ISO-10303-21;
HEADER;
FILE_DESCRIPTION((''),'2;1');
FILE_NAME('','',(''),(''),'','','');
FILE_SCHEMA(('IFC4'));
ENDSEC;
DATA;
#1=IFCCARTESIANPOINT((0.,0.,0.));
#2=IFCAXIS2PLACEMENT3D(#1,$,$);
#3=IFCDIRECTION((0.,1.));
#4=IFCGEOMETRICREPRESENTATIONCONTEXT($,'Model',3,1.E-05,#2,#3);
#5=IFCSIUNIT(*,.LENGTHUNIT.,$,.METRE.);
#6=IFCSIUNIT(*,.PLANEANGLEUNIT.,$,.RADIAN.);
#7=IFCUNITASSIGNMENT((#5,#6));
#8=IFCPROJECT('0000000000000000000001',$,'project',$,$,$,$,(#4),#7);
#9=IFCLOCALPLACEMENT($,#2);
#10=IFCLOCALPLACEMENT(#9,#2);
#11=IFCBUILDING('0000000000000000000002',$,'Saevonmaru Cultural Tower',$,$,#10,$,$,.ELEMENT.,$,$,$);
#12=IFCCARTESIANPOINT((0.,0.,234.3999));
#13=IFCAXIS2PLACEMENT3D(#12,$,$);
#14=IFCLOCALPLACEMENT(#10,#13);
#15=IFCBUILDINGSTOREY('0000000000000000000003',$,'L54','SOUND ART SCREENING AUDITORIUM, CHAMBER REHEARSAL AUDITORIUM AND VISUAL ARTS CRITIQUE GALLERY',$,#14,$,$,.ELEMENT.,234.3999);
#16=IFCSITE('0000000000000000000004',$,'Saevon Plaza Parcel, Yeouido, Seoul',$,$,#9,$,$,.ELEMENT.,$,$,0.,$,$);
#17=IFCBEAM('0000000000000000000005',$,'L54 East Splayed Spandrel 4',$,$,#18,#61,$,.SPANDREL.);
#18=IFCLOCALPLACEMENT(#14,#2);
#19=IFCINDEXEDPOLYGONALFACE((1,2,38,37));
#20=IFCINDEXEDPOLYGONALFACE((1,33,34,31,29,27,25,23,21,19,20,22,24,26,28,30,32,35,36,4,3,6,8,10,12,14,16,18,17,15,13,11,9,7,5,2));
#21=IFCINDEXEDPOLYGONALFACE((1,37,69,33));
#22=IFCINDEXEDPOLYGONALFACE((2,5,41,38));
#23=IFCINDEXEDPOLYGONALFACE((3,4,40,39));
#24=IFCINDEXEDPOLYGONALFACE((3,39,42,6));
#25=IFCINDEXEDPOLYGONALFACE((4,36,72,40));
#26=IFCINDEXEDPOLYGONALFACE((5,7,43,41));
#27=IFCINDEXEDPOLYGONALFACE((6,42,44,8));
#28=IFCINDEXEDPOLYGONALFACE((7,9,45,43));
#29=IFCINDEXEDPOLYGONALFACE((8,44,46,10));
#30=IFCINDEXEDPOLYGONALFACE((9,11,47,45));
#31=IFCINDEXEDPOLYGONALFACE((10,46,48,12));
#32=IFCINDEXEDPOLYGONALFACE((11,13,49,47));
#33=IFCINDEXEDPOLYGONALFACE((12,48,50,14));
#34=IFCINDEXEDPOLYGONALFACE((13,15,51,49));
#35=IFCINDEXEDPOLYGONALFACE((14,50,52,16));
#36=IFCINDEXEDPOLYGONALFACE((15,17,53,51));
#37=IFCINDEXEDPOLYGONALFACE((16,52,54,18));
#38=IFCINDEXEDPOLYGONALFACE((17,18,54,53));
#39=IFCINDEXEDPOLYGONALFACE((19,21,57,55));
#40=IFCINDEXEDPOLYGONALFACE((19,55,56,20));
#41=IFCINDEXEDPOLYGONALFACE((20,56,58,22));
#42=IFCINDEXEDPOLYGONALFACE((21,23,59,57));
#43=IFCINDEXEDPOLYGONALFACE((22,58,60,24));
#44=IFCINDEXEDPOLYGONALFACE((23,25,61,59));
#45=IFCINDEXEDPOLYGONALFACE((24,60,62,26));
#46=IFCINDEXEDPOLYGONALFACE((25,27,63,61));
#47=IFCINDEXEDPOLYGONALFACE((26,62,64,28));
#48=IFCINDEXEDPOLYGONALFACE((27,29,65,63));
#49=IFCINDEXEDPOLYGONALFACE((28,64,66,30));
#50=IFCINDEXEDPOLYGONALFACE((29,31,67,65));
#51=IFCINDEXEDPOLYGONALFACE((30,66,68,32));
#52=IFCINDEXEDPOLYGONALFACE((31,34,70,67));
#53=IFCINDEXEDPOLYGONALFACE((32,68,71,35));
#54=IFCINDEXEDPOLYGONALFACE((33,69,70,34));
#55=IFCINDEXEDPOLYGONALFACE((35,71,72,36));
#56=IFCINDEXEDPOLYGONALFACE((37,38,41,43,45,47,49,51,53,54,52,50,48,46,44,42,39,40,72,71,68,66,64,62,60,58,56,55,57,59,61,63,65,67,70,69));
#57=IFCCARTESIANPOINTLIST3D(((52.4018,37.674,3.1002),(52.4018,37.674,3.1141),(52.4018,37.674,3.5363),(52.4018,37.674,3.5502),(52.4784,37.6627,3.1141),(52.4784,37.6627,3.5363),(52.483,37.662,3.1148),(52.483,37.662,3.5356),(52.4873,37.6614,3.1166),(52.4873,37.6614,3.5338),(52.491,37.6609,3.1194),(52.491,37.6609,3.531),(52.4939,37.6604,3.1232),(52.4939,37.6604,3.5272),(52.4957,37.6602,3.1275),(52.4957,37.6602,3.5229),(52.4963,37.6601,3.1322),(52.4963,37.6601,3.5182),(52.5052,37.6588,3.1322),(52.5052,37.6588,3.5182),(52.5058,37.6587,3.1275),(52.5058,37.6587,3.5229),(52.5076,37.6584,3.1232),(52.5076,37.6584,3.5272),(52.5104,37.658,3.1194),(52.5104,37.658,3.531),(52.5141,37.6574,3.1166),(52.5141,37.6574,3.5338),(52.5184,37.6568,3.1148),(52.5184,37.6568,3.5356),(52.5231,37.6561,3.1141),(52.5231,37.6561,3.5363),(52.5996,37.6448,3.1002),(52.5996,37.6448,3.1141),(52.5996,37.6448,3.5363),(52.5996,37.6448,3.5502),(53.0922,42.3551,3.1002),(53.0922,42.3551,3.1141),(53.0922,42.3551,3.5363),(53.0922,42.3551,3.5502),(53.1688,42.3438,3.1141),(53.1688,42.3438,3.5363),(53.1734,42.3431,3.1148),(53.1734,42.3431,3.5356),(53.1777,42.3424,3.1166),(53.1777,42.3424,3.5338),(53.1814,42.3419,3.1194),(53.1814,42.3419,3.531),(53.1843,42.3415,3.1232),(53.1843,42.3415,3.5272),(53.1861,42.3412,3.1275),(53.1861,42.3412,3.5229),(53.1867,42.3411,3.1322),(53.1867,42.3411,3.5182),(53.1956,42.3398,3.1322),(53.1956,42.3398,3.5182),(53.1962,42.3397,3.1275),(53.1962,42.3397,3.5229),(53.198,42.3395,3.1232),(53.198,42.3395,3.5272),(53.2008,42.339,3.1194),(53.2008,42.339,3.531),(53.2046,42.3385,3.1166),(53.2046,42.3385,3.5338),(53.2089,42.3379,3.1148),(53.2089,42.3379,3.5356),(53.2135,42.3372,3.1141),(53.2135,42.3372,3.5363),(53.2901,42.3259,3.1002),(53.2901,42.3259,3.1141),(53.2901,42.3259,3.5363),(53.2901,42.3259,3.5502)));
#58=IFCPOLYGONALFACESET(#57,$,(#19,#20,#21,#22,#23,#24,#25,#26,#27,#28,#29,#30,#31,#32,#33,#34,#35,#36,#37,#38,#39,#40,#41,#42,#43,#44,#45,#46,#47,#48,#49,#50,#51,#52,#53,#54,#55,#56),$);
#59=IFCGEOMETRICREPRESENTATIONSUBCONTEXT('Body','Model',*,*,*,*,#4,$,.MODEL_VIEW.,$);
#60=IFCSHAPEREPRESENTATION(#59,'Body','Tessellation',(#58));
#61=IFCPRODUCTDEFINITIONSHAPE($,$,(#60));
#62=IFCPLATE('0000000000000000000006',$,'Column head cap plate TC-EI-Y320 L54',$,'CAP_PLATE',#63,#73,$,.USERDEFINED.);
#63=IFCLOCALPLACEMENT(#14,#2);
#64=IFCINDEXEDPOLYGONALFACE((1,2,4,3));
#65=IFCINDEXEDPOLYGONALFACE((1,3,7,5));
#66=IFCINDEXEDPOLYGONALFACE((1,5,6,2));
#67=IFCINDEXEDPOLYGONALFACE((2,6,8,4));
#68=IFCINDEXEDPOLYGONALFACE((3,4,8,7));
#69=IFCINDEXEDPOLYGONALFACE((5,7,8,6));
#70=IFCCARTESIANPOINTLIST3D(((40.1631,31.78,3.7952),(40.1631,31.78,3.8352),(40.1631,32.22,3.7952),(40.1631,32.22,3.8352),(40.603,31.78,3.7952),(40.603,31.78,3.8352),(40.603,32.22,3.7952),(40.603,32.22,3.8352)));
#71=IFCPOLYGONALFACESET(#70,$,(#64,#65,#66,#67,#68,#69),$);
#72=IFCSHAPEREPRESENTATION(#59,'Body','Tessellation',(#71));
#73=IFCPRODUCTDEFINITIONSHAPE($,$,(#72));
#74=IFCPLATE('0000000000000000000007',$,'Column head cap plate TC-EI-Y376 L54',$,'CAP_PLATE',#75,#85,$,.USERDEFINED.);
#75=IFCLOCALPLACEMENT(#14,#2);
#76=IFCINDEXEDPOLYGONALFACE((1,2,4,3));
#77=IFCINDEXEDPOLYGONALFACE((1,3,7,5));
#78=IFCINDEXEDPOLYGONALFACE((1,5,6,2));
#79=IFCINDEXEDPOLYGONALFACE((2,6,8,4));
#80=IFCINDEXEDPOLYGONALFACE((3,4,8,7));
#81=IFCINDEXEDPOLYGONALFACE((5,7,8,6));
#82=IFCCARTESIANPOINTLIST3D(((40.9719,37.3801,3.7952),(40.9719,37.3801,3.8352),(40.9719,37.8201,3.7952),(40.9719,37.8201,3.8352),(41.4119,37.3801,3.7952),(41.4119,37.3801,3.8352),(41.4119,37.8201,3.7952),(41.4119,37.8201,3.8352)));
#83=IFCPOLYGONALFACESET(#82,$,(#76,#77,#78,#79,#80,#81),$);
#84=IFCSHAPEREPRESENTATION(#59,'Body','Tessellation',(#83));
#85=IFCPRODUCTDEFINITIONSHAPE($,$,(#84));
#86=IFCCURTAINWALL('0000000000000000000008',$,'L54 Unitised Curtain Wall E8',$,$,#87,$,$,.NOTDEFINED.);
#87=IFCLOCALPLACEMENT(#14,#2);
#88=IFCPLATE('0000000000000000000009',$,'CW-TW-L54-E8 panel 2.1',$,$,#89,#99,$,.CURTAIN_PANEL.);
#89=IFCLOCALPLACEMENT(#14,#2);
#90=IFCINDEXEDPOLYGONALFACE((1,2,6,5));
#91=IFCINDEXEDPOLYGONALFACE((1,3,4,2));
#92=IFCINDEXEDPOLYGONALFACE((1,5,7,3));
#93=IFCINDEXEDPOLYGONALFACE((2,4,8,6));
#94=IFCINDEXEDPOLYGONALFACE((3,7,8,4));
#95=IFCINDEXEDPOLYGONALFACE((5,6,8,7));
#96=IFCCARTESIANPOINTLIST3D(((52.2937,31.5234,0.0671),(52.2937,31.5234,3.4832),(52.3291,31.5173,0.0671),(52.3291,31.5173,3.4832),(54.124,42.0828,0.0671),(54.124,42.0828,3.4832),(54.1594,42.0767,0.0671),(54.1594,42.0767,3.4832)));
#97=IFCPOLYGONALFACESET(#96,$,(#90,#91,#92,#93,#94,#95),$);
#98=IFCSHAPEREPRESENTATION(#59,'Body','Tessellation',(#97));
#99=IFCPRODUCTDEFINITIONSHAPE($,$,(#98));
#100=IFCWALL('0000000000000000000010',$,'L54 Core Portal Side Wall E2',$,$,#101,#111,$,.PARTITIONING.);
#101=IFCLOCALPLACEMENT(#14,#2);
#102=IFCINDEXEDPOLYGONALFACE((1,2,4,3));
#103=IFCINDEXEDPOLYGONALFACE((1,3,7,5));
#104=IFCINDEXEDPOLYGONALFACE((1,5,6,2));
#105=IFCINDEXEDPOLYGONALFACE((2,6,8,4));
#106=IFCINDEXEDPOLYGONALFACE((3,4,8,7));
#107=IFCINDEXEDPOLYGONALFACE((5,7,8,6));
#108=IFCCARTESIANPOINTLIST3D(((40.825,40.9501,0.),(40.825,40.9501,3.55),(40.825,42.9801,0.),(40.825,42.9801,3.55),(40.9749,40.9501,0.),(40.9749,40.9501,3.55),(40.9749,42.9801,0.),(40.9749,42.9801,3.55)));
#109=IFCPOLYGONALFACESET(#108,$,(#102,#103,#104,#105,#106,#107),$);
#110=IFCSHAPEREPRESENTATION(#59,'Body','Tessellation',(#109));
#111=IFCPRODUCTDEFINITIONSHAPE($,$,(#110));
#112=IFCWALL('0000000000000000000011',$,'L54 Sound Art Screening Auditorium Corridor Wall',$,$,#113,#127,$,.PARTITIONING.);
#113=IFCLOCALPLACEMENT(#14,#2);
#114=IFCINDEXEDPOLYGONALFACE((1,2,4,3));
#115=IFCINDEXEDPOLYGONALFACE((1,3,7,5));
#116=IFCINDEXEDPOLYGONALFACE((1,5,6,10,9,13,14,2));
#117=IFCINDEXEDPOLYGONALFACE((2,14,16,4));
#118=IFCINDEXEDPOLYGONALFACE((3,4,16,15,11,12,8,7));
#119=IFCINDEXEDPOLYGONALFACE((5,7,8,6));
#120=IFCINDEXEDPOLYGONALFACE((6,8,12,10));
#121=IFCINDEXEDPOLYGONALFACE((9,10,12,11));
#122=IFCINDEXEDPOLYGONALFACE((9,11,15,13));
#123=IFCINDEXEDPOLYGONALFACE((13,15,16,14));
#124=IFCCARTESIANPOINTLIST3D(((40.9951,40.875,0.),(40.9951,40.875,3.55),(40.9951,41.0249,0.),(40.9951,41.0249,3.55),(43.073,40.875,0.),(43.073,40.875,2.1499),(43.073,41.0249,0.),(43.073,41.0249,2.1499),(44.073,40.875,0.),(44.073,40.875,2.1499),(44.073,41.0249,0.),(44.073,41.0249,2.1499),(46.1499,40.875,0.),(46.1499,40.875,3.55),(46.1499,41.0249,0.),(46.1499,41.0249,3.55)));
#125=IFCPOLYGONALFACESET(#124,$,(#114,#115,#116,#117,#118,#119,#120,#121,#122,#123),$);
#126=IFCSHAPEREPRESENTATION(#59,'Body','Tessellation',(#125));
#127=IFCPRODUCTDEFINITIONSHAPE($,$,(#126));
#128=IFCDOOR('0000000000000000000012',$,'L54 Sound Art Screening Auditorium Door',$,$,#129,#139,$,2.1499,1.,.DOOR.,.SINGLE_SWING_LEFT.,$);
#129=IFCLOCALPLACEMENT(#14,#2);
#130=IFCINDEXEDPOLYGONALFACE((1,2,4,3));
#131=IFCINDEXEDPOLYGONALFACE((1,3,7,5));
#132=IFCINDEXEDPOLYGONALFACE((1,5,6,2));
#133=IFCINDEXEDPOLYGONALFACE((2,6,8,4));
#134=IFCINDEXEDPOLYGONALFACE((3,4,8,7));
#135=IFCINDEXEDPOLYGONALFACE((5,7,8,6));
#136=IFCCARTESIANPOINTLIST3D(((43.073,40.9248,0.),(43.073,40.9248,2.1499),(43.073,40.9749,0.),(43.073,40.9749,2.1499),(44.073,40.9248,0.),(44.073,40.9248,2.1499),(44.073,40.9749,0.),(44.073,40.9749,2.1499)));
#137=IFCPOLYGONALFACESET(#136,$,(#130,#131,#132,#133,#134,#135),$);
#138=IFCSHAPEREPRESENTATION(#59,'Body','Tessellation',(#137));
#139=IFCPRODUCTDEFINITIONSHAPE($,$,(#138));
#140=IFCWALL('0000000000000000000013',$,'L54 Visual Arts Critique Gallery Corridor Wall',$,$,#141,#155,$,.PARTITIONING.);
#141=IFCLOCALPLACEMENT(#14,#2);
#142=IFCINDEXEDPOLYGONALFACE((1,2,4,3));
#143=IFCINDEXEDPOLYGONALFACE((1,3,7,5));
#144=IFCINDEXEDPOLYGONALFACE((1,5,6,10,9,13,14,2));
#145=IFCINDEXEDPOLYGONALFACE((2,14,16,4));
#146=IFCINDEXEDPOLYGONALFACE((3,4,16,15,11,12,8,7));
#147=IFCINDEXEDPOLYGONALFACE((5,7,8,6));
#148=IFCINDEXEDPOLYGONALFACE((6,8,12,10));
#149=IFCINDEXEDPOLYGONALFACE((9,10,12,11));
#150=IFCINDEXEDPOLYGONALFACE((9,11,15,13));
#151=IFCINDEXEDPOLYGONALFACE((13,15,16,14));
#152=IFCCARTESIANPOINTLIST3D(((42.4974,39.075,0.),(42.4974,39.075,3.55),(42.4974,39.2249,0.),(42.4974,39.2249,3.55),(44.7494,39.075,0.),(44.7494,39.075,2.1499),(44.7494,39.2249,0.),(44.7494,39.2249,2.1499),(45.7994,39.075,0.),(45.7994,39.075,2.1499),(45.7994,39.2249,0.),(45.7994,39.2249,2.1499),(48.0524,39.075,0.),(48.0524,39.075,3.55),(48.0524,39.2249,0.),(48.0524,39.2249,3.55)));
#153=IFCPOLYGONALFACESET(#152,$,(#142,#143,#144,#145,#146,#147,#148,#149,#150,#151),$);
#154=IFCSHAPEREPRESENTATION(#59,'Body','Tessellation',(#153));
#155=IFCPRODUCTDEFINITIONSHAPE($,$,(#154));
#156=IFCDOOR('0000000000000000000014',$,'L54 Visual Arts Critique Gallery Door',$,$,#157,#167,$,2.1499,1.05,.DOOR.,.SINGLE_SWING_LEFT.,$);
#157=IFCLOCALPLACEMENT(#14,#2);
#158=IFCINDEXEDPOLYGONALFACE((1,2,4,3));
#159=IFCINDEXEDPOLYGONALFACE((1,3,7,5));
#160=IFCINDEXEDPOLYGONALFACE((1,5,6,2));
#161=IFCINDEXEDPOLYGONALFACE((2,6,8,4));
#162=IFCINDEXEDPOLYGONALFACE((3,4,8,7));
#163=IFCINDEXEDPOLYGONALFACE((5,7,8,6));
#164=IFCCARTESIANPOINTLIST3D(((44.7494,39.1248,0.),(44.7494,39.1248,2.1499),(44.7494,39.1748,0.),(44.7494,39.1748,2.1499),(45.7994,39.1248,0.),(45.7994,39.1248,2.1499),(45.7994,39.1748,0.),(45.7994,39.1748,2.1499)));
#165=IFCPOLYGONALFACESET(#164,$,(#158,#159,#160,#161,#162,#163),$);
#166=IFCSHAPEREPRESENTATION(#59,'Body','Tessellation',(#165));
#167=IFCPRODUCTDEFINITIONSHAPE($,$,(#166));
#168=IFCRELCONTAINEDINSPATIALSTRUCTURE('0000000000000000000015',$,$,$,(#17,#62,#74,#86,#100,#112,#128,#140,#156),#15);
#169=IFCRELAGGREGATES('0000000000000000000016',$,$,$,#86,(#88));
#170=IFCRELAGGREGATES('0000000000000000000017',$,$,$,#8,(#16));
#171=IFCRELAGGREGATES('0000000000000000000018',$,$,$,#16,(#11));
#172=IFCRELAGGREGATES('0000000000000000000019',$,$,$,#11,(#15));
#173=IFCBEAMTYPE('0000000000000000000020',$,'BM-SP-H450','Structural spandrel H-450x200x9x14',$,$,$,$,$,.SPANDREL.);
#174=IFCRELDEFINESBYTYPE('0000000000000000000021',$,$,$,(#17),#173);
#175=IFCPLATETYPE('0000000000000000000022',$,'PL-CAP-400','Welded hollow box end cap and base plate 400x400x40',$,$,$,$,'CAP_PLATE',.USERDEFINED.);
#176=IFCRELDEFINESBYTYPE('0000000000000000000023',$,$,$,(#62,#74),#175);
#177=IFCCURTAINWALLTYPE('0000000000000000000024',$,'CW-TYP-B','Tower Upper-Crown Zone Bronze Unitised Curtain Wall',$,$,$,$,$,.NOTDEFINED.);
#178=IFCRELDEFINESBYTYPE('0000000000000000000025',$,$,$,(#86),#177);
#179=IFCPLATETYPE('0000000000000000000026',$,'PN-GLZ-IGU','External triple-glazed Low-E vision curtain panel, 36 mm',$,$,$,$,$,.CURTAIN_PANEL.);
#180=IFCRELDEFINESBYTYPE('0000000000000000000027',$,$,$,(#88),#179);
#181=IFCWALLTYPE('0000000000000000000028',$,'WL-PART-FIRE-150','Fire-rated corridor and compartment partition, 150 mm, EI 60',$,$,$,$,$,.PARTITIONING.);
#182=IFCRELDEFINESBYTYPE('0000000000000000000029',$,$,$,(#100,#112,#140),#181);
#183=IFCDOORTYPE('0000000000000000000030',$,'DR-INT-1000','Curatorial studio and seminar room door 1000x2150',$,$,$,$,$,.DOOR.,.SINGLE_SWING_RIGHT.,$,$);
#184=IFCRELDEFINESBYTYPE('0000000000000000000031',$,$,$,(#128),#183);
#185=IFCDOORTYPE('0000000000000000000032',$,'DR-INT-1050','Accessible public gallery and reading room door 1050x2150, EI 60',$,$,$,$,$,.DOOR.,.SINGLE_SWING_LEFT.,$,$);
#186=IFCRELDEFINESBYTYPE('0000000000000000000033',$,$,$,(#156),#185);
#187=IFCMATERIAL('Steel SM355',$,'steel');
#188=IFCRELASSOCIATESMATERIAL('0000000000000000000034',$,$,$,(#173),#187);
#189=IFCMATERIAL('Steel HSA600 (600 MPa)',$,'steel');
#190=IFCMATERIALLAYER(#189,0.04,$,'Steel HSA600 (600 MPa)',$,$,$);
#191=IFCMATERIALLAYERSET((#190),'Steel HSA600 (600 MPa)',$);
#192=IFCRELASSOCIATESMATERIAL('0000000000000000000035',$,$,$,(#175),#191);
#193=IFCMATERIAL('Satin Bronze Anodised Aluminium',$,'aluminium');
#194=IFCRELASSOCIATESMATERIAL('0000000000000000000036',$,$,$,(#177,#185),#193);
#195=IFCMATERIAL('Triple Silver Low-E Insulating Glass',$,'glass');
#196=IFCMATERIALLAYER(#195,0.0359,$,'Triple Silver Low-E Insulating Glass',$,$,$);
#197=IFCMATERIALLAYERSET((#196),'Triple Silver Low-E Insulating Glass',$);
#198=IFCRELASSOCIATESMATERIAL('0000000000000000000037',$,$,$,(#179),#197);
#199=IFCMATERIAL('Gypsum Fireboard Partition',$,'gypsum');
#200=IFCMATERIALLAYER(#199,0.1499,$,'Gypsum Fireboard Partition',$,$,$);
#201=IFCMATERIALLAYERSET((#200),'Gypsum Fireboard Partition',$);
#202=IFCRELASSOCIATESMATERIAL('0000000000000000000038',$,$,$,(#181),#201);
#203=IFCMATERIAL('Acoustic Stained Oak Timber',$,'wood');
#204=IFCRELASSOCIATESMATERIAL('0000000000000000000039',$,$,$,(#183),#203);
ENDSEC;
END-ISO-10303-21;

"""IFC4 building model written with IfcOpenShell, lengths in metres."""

from ifc_helpers import new_model, si_unit, direction, frame, frame_2d, origin, origin_2d, place, context, subcontext, project, spatial, rectangle, i_section, extrude, material, layer, layer_set, material_profile, profile_set, type_object, element, fill, aggregate, save


model = new_model("IFC4")

# Units and contexts
model_context = context("Model", 3, precision=1e-05, world=origin(), true_north=direction((0.0, 1.0)))
body_context = subcontext(model_context, "Body", "Model", "MODEL_VIEW")
ifc_project = project(units=[si_unit("LENGTHUNIT", "METRE"), si_unit("PLANEANGLEUNIT", "RADIAN")], contexts=[model_context])

# Site, building, storey
site_placement = place(None, origin())
site = spatial("IfcSite", under=ifc_project, at=site_placement, Name="Saevon Plaza Parcel, Yeouido, Seoul", CompositionType="ELEMENT", RefElevation=0.0)
building_placement = place(site_placement, origin())
building = spatial("IfcBuilding", under=site, at=building_placement, Name="Saevonmaru Cultural Tower", CompositionType="ELEMENT")
storey_placement = place(building_placement, frame((0.0, 0.0, 234.3999)))
storey = spatial("IfcBuildingStorey", under=building, at=storey_placement, Name="L54", Description="SOUND ART SCREENING AUDITORIUM, CHAMBER REHEARSAL AUDITORIUM AND VISUAL ARTS CRITIQUE GALLERY", CompositionType="ELEMENT", Elevation=234.3999)

# Shared definitions
ifc_material_1 = material(Name="Steel SM355", Category="steel")

# Beam
ifc_material_profile_1 = material_profile(ifc_material_1, i_section(OverallWidth=0.2, OverallDepth=0.45, WebThickness=0.009, FlangeThickness=0.0139, FilletRadius=0.0181, at=origin_2d()), Name="H-450x200x9x14")
ifc_profile_set_1 = profile_set([ifc_material_profile_1], Name="Steel SM355")
beam_type_1 = type_object("IfcBeamType", Name="BM-SP-H450", Description="Structural spandrel H-450x200x9x14", PredefinedType="SPANDREL", material=ifc_profile_set_1)
beam_1_placement = place(storey_placement, frame((52.5007, 37.6594, 3.3252), z_axis=(0.145913, 0.989297, 0.0), x_axis=(-0.989297, 0.145913, 0.0)))
element("IfcBeam", 1, at=beam_1_placement, inside=storey, type_object=beam_type_1, Name="L54 East Splayed Spandrel 4", PredefinedType="SPANDREL", context=body_context, shape_type="SweptSolid", body=[
    extrude(i_section(OverallWidth=0.2, OverallDepth=0.45, WebThickness=0.009, FlangeThickness=0.0139, FilletRadius=0.0181, at=origin_2d()), origin(), (0.0, 0.0, 1.0), 4.7317),
])

# Plates
ifc_material_2 = material(Name="Steel HSA600 (600 MPa)", Category="steel")
ifc_layer_1 = layer(ifc_material_2, 0.04, Name="Steel HSA600 (600 MPa)")
ifc_layer_set_1 = layer_set([ifc_layer_1], Name="Steel HSA600 (600 MPa)")
plate_type_1 = type_object("IfcPlateType", Name="PL-CAP-400", Description="Welded hollow box end cap and base plate 400x400x40", ElementType="CAP_PLATE", PredefinedType="USERDEFINED", material=ifc_layer_set_1)
for number, where, z_axis, x_axis, name in (
    (2, (40.3831, 32.0, 3.7952), (0.0, 0.0, 1.0), (1.0, 0.0, 0.0), "Column head cap plate TC-EI-Y320 L54"),
    (3, (41.1919, 37.6001, 3.7952), (0.0, 0.0, 1.0), (1.0, 0.0, 0.0), "Column head cap plate TC-EI-Y376 L54"),
):
    element("IfcPlate", number, at=place(storey_placement, frame(where, z_axis=z_axis, x_axis=x_axis)), inside=storey, type_object=plate_type_1, Name=name, ObjectType="CAP_PLATE", PredefinedType="USERDEFINED", context=body_context, shape_type="SweptSolid", body=[
        extrude(rectangle(XDim=0.4399, YDim=0.4399, at=origin_2d()), origin(), (0.0, 0.0, 1.0), 0.04),
    ])

# Curtain wall, plate
ifc_material_3 = material(Name="Satin Bronze Anodised Aluminium", Category="aluminium")
curtain_wall_type = type_object("IfcCurtainWallType", Name="CW-TYP-B", Description="Tower Upper-Crown Zone Bronze Unitised Curtain Wall", PredefinedType="NOTDEFINED", material=ifc_material_3)
curtain_wall_placement = place(storey_placement, origin())
curtain_wall = element("IfcCurtainWall", 4, at=curtain_wall_placement, inside=storey, type_object=curtain_wall_type, Name="L54 Unitised Curtain Wall E8", PredefinedType="NOTDEFINED")
ifc_material_4 = material(Name="Triple Silver Low-E Insulating Glass", Category="glass")
ifc_layer_2 = layer(ifc_material_4, 0.0359, Name="Triple Silver Low-E Insulating Glass")
ifc_layer_set_2 = layer_set([ifc_layer_2], Name="Triple Silver Low-E Insulating Glass")
plate_type_2 = type_object("IfcPlateType", Name="PN-GLZ-IGU", Description="External triple-glazed Low-E vision curtain panel, 36 mm", PredefinedType="CURTAIN_PANEL", material=ifc_layer_set_2)
plate_placement = place(storey_placement, frame((53.2266, 36.8, 0.0671), z_axis=(0.0, 0.0, 1.0), x_axis=(0.17079, 0.985307, 0.0)))
plate = element("IfcPlate", 5, at=plate_placement, type_object=plate_type_2, Name="CW-TW-L54-E8 panel 2.1", PredefinedType="CURTAIN_PANEL", context=body_context, shape_type="SweptSolid", body=[
    extrude(rectangle(XDim=10.7168, YDim=0.0359, at=origin_2d()), origin(), (0.0, 0.0, 1.0), 3.416),
])
aggregate(curtain_wall, [plate])

# Wall
ifc_material_5 = material(Name="Gypsum Fireboard Partition", Category="gypsum")
ifc_layer_3 = layer(ifc_material_5, 0.1499, Name="Gypsum Fireboard Partition")
ifc_layer_set_3 = layer_set([ifc_layer_3], Name="Gypsum Fireboard Partition")
wall_type_1 = type_object("IfcWallType", Name="WL-PART-FIRE-150", Description="Fire-rated corridor and compartment partition, 150 mm, EI 60", PredefinedType="PARTITIONING", material=ifc_layer_set_3)
wall_1_placement = place(storey_placement, frame((40.8999, 40.95, 0.0), z_axis=(0.0, 0.0, 1.0), x_axis=(0.0, 1.0, 0.0)))
element("IfcWall", 6, at=wall_1_placement, inside=storey, type_object=wall_type_1, Name="L54 Core Portal Side Wall E2", PredefinedType="PARTITIONING", context=body_context, shape_type="SweptSolid", body=[
    extrude(rectangle(XDim=2.03, YDim=0.1499, at=frame_2d((1.0151, 0.0))), origin(), (0.0, 0.0, 1.0), 3.55),
])

# Walls, openings, doors
wall_2_placement = place(storey_placement, frame((40.9951, 40.95, 0.0), z_axis=(0.0, 0.0, 1.0), x_axis=(1.0, 0.0, 0.0)))
wall_2 = element("IfcWall", 7, at=wall_2_placement, inside=storey, type_object=wall_type_1, Name="L54 Sound Art Screening Auditorium Corridor Wall", PredefinedType="PARTITIONING", context=body_context, shape_type="SweptSolid", body=[
    extrude(rectangle(XDim=5.1548, YDim=0.1499, at=frame_2d((2.5774, 0.0))), origin(), (0.0, 0.0, 1.0), 3.55),
])
opening_1_placement = place(wall_2_placement, frame((2.0779, 0.0, 0.0)))
opening_1 = element("IfcOpeningElement", 8, at=opening_1_placement, cuts=wall_2, PredefinedType="OPENING", context=body_context, shape_type="SweptSolid", body=[
    extrude(rectangle(XDim=1.0, YDim=2.1499, at=frame_2d((0.5, 1.075))), frame((0.0, 0.085, 0.0), z_axis=(0.0, -1.0, 0.0), x_axis=(1.0, 0.0, 0.0)), (0.0, 0.0, 1.0), 0.1699),
])
ifc_material_6 = material(Name="Acoustic Stained Oak Timber", Category="wood")
door_type_1 = type_object("IfcDoorType", Name="DR-INT-1000", Description="Curatorial studio and seminar room door 1000x2150", OperationType="SINGLE_SWING_RIGHT", PredefinedType="DOOR", material=ifc_material_6)
door_1_placement = place(opening_1_placement, origin())
door_1 = element("IfcDoor", 9, at=door_1_placement, inside=storey, type_object=door_type_1, Name="L54 Sound Art Screening Auditorium Door", OperationType="SINGLE_SWING_LEFT", OverallHeight=2.1499, OverallWidth=1.0, PredefinedType="DOOR", context=body_context, shape_type="SweptSolid", body=[
    extrude(rectangle(XDim=1.0, YDim=2.1499, at=frame_2d((0.5, 1.075))), frame((0.0, 0.0249, 0.0), z_axis=(0.0, -1.0, 0.0), x_axis=(1.0, 0.0, 0.0)), (0.0, 0.0, 1.0), 0.05),
])
fill(opening_1, door_1)
wall_3_placement = place(storey_placement, frame((42.4976, 39.1499, 0.0), z_axis=(0.0, 0.0, 1.0), x_axis=(1.0, 0.0, 0.0)))
wall_3 = element("IfcWall", 10, at=wall_3_placement, inside=storey, type_object=wall_type_1, Name="L54 Visual Arts Critique Gallery Corridor Wall", PredefinedType="PARTITIONING", context=body_context, shape_type="SweptSolid", body=[
    extrude(rectangle(XDim=5.5549, YDim=0.1499, at=frame_2d((2.7773, 0.0))), origin(), (0.0, 0.0, 1.0), 3.55),
])
opening_2_placement = place(wall_3_placement, frame((2.252, 0.0, 0.0)))
opening_2 = element("IfcOpeningElement", 11, at=opening_2_placement, cuts=wall_3, PredefinedType="OPENING", context=body_context, shape_type="SweptSolid", body=[
    extrude(rectangle(XDim=1.05, YDim=2.1499, at=frame_2d((0.5249, 1.075))), frame((0.0, 0.085, 0.0), z_axis=(0.0, -1.0, 0.0), x_axis=(1.0, 0.0, 0.0)), (0.0, 0.0, 1.0), 0.1699),
])
door_type_2 = type_object("IfcDoorType", Name="DR-INT-1050", Description="Accessible public gallery and reading room door 1050x2150, EI 60", OperationType="SINGLE_SWING_LEFT", PredefinedType="DOOR", material=ifc_material_3)
door_2_placement = place(opening_2_placement, origin())
door_2 = element("IfcDoor", 12, at=door_2_placement, inside=storey, type_object=door_type_2, Name="L54 Visual Arts Critique Gallery Door", OperationType="SINGLE_SWING_LEFT", OverallHeight=2.1499, OverallWidth=1.05, PredefinedType="DOOR", context=body_context, shape_type="SweptSolid", body=[
    extrude(rectangle(XDim=1.05, YDim=2.1499, at=frame_2d((0.5249, 1.075))), frame((0.0, 0.0249, 0.0), z_axis=(0.0, -1.0, 0.0), x_axis=(1.0, 0.0, 0.0)), (0.0, 0.0, 1.0), 0.05),
])
fill(opening_2, door_2)

save(model, "model.ifc")
